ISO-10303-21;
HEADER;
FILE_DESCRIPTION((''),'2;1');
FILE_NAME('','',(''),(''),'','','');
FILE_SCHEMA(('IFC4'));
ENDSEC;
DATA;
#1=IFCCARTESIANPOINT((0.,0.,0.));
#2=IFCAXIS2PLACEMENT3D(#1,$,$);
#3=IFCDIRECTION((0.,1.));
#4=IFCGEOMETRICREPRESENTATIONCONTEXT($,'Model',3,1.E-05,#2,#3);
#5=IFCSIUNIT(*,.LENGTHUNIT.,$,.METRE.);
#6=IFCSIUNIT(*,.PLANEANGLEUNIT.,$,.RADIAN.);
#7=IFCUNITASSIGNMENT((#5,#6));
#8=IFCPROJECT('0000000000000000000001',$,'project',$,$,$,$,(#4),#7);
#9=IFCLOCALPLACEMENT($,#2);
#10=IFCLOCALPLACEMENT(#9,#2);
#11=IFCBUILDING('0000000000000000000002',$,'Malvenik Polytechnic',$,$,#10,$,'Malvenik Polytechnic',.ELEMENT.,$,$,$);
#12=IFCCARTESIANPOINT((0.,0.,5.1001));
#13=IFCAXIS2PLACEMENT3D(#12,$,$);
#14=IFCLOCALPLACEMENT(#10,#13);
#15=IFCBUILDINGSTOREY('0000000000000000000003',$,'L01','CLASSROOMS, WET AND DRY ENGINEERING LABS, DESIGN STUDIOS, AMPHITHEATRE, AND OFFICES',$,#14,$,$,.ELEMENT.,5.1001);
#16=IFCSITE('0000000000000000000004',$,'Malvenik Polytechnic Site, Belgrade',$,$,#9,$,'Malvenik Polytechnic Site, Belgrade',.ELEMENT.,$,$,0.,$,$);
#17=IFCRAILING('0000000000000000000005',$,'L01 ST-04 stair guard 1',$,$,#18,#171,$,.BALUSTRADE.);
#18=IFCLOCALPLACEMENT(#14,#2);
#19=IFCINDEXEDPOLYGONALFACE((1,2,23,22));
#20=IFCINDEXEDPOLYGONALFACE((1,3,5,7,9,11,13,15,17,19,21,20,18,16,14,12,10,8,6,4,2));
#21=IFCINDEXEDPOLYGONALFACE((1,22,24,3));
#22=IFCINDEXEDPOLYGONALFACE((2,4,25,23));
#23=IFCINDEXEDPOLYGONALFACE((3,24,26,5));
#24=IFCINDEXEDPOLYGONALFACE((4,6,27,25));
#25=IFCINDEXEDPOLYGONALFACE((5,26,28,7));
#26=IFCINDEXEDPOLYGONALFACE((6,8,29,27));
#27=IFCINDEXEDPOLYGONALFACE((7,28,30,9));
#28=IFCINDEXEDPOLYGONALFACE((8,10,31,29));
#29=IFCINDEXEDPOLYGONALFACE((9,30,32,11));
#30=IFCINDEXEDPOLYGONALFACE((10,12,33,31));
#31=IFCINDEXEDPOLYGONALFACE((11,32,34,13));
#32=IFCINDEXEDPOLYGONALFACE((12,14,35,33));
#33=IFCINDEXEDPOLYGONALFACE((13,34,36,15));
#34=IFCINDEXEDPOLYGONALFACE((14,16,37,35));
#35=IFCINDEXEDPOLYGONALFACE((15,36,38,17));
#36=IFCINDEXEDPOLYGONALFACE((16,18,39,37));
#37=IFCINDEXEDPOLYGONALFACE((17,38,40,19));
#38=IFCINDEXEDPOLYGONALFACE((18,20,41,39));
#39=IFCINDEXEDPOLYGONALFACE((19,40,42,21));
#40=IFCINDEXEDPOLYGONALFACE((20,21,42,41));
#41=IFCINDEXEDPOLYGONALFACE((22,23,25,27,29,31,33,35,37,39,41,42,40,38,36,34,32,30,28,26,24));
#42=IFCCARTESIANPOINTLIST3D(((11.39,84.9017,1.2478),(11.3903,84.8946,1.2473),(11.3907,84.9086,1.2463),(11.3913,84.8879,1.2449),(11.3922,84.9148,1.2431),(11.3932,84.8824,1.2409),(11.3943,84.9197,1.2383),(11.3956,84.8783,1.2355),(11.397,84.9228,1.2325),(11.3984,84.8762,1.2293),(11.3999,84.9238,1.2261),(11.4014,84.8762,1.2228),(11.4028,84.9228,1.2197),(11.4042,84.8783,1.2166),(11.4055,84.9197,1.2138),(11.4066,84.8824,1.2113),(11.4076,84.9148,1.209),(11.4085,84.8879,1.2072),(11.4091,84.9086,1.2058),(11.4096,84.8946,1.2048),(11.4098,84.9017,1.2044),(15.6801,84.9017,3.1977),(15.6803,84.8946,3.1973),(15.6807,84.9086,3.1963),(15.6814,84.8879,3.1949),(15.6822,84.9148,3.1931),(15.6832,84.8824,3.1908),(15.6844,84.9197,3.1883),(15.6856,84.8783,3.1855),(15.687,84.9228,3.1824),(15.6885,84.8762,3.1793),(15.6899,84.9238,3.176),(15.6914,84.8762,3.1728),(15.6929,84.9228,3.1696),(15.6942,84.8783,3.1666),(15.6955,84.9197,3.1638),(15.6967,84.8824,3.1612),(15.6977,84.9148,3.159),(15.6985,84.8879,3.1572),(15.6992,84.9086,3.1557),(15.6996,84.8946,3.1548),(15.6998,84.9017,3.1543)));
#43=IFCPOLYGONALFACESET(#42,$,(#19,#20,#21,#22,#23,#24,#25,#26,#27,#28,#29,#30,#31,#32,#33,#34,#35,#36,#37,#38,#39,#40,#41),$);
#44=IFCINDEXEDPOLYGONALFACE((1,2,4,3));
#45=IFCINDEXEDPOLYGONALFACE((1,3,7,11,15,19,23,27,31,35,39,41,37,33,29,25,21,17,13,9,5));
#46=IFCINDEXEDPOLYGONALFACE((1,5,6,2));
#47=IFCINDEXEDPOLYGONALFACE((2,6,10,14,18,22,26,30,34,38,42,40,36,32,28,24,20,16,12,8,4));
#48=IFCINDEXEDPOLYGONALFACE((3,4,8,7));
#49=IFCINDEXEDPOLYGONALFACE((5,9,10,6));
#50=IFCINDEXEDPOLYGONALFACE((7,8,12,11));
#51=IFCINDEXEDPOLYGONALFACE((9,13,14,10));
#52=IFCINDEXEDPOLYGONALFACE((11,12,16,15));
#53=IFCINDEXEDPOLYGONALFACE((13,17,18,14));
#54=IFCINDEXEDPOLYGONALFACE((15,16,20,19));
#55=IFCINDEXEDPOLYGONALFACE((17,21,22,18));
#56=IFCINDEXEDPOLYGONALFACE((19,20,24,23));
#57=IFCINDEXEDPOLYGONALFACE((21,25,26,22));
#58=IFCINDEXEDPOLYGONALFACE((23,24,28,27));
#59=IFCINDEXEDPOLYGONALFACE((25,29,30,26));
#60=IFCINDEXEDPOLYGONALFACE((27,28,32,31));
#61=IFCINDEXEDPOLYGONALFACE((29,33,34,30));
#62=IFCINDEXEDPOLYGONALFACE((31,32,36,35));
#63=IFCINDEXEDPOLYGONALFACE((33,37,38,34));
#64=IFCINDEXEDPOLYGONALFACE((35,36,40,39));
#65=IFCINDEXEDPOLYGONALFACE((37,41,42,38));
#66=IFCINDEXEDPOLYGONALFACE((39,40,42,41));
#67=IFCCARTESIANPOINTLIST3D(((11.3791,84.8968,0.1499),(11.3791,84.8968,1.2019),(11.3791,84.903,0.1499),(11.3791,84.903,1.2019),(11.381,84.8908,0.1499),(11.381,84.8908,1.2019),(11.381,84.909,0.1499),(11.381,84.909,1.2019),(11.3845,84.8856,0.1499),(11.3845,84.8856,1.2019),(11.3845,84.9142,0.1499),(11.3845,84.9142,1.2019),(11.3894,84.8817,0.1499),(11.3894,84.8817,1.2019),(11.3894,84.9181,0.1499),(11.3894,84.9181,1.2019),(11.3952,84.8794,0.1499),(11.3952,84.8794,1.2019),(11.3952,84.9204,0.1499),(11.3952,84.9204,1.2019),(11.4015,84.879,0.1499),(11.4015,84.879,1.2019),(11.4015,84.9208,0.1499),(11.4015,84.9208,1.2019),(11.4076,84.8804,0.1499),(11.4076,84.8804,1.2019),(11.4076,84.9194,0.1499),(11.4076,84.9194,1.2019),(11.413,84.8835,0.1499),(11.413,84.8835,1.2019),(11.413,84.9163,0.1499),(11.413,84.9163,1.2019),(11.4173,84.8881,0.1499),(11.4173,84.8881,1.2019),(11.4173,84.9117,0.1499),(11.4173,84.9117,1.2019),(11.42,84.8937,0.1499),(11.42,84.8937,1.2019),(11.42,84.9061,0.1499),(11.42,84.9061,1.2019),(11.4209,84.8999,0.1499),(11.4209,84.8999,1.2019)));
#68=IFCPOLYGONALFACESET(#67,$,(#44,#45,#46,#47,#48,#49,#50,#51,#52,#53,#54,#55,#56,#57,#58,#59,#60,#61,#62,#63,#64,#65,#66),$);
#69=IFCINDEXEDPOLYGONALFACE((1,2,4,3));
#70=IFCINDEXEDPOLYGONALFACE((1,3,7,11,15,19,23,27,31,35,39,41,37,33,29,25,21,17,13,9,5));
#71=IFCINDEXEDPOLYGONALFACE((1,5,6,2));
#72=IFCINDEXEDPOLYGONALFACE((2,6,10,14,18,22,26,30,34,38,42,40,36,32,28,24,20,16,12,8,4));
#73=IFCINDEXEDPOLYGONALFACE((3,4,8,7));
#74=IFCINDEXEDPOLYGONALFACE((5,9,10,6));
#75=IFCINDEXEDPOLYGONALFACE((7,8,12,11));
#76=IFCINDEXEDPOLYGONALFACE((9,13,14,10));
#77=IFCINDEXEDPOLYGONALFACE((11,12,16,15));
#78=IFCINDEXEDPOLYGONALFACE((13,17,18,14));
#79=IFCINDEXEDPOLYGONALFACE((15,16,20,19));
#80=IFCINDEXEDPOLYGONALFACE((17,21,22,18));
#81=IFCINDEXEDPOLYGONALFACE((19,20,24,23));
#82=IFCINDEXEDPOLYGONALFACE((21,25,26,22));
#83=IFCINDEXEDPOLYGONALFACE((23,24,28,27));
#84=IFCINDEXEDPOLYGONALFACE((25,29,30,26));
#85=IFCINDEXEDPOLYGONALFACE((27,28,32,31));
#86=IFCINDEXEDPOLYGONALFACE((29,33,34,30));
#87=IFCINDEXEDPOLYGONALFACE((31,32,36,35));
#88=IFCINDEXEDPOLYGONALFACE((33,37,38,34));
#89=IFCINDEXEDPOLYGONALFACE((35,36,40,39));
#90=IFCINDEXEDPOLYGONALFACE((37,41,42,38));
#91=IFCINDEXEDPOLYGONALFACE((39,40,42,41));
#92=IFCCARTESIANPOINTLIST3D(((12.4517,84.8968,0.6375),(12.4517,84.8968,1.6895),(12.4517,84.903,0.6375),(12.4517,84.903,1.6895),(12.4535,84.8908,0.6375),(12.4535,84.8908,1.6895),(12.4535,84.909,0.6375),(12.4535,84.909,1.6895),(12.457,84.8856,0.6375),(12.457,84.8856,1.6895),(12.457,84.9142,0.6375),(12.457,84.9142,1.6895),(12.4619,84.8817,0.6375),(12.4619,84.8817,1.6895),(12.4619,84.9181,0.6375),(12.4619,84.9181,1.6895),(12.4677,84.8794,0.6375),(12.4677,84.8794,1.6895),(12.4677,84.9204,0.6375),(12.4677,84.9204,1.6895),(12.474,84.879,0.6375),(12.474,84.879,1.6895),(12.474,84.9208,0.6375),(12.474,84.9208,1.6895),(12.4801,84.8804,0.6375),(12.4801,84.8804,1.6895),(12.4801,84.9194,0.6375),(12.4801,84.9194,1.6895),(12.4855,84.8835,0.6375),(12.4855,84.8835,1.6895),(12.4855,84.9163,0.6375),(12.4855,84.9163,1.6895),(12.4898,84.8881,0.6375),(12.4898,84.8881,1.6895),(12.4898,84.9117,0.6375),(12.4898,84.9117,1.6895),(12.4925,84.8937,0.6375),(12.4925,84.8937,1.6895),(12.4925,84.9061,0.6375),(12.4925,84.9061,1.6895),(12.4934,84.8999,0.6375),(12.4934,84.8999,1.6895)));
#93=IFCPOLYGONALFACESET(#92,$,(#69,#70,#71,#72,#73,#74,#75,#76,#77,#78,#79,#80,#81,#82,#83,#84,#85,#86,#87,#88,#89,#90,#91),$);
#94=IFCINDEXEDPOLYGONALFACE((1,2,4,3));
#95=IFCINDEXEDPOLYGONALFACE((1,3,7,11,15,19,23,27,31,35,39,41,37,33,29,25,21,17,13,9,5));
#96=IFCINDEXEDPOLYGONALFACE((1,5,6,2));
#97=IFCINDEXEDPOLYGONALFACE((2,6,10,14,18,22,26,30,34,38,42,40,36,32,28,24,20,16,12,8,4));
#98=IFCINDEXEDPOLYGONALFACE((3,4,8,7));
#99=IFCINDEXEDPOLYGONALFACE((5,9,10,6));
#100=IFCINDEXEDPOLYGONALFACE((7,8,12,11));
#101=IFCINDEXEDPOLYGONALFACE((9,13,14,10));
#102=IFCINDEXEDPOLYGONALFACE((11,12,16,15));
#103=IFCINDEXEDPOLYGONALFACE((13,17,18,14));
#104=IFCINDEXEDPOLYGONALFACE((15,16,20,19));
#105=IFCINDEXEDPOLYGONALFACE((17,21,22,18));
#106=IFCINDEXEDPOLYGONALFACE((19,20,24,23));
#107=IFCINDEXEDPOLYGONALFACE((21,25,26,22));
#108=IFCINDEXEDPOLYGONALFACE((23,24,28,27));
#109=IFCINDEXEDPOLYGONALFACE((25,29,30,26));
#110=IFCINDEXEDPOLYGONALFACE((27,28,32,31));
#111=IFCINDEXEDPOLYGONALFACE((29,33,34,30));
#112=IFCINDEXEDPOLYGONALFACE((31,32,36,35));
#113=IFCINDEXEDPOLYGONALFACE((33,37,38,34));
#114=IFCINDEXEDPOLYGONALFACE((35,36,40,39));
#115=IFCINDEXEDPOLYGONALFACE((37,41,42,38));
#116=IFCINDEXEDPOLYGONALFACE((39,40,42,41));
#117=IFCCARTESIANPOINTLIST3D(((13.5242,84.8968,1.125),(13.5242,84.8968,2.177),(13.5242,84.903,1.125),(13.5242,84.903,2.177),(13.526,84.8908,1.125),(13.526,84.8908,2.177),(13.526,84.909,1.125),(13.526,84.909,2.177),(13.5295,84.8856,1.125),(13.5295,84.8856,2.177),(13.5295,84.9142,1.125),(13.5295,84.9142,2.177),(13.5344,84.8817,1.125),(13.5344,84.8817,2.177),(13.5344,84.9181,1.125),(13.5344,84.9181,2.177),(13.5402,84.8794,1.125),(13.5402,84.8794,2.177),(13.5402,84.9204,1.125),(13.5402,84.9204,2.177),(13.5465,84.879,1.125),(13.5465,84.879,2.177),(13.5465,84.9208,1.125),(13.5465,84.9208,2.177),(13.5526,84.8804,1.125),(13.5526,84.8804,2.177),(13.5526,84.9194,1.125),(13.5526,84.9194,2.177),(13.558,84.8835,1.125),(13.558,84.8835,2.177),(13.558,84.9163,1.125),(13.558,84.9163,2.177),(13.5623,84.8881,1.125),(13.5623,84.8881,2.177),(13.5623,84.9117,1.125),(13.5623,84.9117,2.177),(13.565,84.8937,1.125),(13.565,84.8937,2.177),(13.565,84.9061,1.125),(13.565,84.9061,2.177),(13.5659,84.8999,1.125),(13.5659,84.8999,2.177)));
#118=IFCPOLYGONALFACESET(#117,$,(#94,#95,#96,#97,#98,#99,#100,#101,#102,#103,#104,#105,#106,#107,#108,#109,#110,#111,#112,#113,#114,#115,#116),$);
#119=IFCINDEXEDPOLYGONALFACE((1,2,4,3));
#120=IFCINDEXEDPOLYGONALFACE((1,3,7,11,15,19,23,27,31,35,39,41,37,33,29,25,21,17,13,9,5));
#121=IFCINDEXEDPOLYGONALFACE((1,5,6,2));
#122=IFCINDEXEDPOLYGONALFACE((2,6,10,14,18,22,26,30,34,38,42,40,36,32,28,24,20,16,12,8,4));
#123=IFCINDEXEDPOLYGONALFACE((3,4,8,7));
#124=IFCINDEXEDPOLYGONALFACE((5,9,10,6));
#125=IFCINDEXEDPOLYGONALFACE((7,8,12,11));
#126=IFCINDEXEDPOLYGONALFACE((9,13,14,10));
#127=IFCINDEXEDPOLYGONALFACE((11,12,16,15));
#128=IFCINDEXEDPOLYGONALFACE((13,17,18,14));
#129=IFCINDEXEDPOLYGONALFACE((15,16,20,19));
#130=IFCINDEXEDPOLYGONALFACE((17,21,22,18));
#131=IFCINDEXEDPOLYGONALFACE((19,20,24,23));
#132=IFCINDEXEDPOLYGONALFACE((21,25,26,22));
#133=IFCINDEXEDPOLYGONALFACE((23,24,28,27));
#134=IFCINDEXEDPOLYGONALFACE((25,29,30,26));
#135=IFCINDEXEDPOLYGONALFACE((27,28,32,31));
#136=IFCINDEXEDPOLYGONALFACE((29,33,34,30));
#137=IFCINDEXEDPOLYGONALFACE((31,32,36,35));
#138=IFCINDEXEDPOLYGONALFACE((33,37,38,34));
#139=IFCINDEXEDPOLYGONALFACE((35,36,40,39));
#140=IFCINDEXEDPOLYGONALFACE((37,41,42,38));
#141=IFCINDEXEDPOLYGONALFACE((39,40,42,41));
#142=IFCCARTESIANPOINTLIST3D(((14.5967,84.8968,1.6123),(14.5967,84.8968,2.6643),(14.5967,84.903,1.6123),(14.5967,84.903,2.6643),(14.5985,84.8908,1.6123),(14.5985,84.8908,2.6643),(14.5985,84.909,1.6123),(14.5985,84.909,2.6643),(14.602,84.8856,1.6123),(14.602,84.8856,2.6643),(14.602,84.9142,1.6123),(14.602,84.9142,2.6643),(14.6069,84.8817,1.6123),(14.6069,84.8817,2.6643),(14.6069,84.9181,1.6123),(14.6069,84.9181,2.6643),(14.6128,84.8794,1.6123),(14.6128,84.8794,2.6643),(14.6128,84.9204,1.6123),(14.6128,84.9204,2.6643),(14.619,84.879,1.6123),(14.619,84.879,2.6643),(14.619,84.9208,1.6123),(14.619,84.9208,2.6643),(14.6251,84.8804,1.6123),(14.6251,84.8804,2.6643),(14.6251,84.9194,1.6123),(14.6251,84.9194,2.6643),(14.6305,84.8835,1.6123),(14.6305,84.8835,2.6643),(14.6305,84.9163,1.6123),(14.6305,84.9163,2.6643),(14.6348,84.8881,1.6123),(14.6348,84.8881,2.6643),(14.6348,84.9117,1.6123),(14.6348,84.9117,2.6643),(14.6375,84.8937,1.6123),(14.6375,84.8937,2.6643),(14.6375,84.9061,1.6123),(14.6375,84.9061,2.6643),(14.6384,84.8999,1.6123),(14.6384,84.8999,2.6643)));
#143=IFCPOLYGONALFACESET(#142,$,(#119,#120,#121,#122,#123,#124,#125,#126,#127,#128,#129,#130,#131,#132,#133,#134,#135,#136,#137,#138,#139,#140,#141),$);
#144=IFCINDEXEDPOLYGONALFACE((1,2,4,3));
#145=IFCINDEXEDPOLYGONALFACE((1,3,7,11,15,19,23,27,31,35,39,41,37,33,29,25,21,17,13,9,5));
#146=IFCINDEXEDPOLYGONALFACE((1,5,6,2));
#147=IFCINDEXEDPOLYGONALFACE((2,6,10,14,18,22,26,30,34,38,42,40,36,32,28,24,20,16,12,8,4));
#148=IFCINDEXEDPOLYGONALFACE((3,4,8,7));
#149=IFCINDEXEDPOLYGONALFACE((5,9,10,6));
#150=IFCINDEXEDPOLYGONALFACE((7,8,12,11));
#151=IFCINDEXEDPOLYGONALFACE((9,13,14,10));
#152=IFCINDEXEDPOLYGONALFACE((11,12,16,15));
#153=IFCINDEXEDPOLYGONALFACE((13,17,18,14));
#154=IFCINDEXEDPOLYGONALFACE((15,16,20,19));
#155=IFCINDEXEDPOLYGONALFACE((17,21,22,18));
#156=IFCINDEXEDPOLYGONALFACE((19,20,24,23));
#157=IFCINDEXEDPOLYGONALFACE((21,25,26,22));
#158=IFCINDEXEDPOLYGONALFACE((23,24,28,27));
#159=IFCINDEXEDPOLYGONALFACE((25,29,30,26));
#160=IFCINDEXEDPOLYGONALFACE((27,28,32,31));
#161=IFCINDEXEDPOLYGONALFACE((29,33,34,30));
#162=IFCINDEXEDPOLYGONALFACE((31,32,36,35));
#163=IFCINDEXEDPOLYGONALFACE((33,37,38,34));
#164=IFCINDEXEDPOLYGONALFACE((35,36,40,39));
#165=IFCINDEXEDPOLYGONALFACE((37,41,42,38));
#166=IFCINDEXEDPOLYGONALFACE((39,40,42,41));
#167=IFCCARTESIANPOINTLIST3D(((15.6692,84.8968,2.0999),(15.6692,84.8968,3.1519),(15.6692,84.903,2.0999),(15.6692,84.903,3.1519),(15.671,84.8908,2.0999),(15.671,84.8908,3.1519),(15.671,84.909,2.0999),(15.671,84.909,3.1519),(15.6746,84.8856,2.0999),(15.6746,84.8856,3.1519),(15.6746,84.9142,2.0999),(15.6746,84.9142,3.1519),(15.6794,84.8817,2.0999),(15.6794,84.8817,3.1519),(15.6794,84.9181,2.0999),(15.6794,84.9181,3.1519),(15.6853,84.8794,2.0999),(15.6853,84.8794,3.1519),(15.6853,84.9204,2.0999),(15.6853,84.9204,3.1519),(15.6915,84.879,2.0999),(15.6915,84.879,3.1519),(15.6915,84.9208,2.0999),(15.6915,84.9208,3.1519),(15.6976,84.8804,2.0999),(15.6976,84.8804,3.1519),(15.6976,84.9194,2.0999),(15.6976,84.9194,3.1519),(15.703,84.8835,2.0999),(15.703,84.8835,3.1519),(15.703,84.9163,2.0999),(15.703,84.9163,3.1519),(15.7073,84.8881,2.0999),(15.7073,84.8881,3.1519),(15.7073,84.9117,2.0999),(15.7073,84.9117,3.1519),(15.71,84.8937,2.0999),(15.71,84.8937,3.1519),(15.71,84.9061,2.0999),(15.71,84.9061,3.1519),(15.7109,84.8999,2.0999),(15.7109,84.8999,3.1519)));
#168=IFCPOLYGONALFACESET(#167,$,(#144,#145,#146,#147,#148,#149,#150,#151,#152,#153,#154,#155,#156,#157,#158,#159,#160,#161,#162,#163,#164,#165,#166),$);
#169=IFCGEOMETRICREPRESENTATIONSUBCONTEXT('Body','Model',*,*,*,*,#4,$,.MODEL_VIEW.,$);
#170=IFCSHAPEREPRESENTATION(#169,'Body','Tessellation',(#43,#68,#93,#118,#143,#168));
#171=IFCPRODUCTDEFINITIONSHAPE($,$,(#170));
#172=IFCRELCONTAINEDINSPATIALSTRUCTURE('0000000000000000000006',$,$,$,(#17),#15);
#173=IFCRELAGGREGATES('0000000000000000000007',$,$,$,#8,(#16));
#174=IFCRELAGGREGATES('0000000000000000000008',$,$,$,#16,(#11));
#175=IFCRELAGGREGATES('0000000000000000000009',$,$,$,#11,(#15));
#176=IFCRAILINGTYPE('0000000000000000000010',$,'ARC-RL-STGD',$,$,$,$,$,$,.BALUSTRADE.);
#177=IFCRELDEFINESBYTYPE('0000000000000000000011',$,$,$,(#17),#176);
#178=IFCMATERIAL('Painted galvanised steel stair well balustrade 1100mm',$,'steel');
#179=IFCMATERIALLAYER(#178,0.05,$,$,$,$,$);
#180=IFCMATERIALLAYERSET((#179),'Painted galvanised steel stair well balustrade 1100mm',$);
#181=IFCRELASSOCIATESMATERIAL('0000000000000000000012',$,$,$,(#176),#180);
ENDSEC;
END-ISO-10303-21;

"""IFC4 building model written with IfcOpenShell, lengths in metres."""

from ifc_helpers import new_model, si_unit, direction, frame, origin, origin_2d, place, context, subcontext, project, spatial, circle, extrude, material, layer, layer_set, type_object, element, save


model = new_model("IFC4")

# Units and contexts
model_context = context("Model", 3, precision=1e-05, world=origin(), true_north=direction((0.0, 1.0)))
body_context = subcontext(model_context, "Body", "Model", "MODEL_VIEW")
ifc_project = project(units=[si_unit("LENGTHUNIT", "METRE"), si_unit("PLANEANGLEUNIT", "RADIAN")], contexts=[model_context])

# Site, building, storey
site_placement = place(None, origin())
site = spatial("IfcSite", under=ifc_project, at=site_placement, Name="Malvenik Polytechnic Site, Belgrade", LongName="Malvenik Polytechnic Site, Belgrade", CompositionType="ELEMENT", RefElevation=0.0)
building_placement = place(site_placement, origin())
building = spatial("IfcBuilding", under=site, at=building_placement, Name="Malvenik Polytechnic", LongName="Malvenik Polytechnic", CompositionType="ELEMENT")
storey_placement = place(building_placement, frame((0.0, 0.0, 5.1001)))
storey = spatial("IfcBuildingStorey", under=building, at=storey_placement, Name="L01", Description="CLASSROOMS, WET AND DRY ENGINEERING LABS, DESIGN STUDIOS, AMPHITHEATRE, AND OFFICES", CompositionType="ELEMENT", Elevation=5.1001)

# Railing
ifc_material_1 = material(Name="Painted galvanised steel stair well balustrade 1100mm", Category="steel")
ifc_layer_1 = layer(ifc_material_1, 0.05)
ifc_layer_set_1 = layer_set([ifc_layer_1], Name="Painted galvanised steel stair well balustrade 1100mm")
railing_type_1 = type_object("IfcRailingType", Name="ARC-RL-STGD", PredefinedType="BALUSTRADE", material=ifc_layer_set_1)
railing_1_placement = place(storey_placement, frame((11.3999, 84.8999, 0.1499)))
element("IfcRailing", 1, at=railing_1_placement, inside=storey, type_object=railing_type_1, Name="L01 ST-04 stair guard 1", PredefinedType="BALUSTRADE", context=body_context, shape_type="SweptSolid", body=[
    extrude(circle(Radius=0.0239, at=origin_2d()), frame((0.0, 0.0, 1.0762), z_axis=(0.910372, 0.0, 0.413791), x_axis=(0.0, 1.0, 0.0)), (0.0, 0.0, 1.0), 4.7124),
    extrude(circle(Radius=0.021, at=origin_2d()), origin(), (0.0, 0.0, 1.0), 1.052),
    extrude(circle(Radius=0.021, at=origin_2d()), frame((1.0725, 0.0, 0.4875)), (0.0, 0.0, 1.0), 1.052),
    extrude(circle(Radius=0.021, at=origin_2d()), frame((2.145, 0.0, 0.9751)), (0.0, 0.0, 1.0), 1.052),
    extrude(circle(Radius=0.021, at=origin_2d()), frame((3.2175, 0.0, 1.4624)), (0.0, 0.0, 1.0), 1.052),
    extrude(circle(Radius=0.021, at=origin_2d()), frame((4.29, 0.0, 1.95)), (0.0, 0.0, 1.0), 1.052),
])

save(model, "model.ifc")
